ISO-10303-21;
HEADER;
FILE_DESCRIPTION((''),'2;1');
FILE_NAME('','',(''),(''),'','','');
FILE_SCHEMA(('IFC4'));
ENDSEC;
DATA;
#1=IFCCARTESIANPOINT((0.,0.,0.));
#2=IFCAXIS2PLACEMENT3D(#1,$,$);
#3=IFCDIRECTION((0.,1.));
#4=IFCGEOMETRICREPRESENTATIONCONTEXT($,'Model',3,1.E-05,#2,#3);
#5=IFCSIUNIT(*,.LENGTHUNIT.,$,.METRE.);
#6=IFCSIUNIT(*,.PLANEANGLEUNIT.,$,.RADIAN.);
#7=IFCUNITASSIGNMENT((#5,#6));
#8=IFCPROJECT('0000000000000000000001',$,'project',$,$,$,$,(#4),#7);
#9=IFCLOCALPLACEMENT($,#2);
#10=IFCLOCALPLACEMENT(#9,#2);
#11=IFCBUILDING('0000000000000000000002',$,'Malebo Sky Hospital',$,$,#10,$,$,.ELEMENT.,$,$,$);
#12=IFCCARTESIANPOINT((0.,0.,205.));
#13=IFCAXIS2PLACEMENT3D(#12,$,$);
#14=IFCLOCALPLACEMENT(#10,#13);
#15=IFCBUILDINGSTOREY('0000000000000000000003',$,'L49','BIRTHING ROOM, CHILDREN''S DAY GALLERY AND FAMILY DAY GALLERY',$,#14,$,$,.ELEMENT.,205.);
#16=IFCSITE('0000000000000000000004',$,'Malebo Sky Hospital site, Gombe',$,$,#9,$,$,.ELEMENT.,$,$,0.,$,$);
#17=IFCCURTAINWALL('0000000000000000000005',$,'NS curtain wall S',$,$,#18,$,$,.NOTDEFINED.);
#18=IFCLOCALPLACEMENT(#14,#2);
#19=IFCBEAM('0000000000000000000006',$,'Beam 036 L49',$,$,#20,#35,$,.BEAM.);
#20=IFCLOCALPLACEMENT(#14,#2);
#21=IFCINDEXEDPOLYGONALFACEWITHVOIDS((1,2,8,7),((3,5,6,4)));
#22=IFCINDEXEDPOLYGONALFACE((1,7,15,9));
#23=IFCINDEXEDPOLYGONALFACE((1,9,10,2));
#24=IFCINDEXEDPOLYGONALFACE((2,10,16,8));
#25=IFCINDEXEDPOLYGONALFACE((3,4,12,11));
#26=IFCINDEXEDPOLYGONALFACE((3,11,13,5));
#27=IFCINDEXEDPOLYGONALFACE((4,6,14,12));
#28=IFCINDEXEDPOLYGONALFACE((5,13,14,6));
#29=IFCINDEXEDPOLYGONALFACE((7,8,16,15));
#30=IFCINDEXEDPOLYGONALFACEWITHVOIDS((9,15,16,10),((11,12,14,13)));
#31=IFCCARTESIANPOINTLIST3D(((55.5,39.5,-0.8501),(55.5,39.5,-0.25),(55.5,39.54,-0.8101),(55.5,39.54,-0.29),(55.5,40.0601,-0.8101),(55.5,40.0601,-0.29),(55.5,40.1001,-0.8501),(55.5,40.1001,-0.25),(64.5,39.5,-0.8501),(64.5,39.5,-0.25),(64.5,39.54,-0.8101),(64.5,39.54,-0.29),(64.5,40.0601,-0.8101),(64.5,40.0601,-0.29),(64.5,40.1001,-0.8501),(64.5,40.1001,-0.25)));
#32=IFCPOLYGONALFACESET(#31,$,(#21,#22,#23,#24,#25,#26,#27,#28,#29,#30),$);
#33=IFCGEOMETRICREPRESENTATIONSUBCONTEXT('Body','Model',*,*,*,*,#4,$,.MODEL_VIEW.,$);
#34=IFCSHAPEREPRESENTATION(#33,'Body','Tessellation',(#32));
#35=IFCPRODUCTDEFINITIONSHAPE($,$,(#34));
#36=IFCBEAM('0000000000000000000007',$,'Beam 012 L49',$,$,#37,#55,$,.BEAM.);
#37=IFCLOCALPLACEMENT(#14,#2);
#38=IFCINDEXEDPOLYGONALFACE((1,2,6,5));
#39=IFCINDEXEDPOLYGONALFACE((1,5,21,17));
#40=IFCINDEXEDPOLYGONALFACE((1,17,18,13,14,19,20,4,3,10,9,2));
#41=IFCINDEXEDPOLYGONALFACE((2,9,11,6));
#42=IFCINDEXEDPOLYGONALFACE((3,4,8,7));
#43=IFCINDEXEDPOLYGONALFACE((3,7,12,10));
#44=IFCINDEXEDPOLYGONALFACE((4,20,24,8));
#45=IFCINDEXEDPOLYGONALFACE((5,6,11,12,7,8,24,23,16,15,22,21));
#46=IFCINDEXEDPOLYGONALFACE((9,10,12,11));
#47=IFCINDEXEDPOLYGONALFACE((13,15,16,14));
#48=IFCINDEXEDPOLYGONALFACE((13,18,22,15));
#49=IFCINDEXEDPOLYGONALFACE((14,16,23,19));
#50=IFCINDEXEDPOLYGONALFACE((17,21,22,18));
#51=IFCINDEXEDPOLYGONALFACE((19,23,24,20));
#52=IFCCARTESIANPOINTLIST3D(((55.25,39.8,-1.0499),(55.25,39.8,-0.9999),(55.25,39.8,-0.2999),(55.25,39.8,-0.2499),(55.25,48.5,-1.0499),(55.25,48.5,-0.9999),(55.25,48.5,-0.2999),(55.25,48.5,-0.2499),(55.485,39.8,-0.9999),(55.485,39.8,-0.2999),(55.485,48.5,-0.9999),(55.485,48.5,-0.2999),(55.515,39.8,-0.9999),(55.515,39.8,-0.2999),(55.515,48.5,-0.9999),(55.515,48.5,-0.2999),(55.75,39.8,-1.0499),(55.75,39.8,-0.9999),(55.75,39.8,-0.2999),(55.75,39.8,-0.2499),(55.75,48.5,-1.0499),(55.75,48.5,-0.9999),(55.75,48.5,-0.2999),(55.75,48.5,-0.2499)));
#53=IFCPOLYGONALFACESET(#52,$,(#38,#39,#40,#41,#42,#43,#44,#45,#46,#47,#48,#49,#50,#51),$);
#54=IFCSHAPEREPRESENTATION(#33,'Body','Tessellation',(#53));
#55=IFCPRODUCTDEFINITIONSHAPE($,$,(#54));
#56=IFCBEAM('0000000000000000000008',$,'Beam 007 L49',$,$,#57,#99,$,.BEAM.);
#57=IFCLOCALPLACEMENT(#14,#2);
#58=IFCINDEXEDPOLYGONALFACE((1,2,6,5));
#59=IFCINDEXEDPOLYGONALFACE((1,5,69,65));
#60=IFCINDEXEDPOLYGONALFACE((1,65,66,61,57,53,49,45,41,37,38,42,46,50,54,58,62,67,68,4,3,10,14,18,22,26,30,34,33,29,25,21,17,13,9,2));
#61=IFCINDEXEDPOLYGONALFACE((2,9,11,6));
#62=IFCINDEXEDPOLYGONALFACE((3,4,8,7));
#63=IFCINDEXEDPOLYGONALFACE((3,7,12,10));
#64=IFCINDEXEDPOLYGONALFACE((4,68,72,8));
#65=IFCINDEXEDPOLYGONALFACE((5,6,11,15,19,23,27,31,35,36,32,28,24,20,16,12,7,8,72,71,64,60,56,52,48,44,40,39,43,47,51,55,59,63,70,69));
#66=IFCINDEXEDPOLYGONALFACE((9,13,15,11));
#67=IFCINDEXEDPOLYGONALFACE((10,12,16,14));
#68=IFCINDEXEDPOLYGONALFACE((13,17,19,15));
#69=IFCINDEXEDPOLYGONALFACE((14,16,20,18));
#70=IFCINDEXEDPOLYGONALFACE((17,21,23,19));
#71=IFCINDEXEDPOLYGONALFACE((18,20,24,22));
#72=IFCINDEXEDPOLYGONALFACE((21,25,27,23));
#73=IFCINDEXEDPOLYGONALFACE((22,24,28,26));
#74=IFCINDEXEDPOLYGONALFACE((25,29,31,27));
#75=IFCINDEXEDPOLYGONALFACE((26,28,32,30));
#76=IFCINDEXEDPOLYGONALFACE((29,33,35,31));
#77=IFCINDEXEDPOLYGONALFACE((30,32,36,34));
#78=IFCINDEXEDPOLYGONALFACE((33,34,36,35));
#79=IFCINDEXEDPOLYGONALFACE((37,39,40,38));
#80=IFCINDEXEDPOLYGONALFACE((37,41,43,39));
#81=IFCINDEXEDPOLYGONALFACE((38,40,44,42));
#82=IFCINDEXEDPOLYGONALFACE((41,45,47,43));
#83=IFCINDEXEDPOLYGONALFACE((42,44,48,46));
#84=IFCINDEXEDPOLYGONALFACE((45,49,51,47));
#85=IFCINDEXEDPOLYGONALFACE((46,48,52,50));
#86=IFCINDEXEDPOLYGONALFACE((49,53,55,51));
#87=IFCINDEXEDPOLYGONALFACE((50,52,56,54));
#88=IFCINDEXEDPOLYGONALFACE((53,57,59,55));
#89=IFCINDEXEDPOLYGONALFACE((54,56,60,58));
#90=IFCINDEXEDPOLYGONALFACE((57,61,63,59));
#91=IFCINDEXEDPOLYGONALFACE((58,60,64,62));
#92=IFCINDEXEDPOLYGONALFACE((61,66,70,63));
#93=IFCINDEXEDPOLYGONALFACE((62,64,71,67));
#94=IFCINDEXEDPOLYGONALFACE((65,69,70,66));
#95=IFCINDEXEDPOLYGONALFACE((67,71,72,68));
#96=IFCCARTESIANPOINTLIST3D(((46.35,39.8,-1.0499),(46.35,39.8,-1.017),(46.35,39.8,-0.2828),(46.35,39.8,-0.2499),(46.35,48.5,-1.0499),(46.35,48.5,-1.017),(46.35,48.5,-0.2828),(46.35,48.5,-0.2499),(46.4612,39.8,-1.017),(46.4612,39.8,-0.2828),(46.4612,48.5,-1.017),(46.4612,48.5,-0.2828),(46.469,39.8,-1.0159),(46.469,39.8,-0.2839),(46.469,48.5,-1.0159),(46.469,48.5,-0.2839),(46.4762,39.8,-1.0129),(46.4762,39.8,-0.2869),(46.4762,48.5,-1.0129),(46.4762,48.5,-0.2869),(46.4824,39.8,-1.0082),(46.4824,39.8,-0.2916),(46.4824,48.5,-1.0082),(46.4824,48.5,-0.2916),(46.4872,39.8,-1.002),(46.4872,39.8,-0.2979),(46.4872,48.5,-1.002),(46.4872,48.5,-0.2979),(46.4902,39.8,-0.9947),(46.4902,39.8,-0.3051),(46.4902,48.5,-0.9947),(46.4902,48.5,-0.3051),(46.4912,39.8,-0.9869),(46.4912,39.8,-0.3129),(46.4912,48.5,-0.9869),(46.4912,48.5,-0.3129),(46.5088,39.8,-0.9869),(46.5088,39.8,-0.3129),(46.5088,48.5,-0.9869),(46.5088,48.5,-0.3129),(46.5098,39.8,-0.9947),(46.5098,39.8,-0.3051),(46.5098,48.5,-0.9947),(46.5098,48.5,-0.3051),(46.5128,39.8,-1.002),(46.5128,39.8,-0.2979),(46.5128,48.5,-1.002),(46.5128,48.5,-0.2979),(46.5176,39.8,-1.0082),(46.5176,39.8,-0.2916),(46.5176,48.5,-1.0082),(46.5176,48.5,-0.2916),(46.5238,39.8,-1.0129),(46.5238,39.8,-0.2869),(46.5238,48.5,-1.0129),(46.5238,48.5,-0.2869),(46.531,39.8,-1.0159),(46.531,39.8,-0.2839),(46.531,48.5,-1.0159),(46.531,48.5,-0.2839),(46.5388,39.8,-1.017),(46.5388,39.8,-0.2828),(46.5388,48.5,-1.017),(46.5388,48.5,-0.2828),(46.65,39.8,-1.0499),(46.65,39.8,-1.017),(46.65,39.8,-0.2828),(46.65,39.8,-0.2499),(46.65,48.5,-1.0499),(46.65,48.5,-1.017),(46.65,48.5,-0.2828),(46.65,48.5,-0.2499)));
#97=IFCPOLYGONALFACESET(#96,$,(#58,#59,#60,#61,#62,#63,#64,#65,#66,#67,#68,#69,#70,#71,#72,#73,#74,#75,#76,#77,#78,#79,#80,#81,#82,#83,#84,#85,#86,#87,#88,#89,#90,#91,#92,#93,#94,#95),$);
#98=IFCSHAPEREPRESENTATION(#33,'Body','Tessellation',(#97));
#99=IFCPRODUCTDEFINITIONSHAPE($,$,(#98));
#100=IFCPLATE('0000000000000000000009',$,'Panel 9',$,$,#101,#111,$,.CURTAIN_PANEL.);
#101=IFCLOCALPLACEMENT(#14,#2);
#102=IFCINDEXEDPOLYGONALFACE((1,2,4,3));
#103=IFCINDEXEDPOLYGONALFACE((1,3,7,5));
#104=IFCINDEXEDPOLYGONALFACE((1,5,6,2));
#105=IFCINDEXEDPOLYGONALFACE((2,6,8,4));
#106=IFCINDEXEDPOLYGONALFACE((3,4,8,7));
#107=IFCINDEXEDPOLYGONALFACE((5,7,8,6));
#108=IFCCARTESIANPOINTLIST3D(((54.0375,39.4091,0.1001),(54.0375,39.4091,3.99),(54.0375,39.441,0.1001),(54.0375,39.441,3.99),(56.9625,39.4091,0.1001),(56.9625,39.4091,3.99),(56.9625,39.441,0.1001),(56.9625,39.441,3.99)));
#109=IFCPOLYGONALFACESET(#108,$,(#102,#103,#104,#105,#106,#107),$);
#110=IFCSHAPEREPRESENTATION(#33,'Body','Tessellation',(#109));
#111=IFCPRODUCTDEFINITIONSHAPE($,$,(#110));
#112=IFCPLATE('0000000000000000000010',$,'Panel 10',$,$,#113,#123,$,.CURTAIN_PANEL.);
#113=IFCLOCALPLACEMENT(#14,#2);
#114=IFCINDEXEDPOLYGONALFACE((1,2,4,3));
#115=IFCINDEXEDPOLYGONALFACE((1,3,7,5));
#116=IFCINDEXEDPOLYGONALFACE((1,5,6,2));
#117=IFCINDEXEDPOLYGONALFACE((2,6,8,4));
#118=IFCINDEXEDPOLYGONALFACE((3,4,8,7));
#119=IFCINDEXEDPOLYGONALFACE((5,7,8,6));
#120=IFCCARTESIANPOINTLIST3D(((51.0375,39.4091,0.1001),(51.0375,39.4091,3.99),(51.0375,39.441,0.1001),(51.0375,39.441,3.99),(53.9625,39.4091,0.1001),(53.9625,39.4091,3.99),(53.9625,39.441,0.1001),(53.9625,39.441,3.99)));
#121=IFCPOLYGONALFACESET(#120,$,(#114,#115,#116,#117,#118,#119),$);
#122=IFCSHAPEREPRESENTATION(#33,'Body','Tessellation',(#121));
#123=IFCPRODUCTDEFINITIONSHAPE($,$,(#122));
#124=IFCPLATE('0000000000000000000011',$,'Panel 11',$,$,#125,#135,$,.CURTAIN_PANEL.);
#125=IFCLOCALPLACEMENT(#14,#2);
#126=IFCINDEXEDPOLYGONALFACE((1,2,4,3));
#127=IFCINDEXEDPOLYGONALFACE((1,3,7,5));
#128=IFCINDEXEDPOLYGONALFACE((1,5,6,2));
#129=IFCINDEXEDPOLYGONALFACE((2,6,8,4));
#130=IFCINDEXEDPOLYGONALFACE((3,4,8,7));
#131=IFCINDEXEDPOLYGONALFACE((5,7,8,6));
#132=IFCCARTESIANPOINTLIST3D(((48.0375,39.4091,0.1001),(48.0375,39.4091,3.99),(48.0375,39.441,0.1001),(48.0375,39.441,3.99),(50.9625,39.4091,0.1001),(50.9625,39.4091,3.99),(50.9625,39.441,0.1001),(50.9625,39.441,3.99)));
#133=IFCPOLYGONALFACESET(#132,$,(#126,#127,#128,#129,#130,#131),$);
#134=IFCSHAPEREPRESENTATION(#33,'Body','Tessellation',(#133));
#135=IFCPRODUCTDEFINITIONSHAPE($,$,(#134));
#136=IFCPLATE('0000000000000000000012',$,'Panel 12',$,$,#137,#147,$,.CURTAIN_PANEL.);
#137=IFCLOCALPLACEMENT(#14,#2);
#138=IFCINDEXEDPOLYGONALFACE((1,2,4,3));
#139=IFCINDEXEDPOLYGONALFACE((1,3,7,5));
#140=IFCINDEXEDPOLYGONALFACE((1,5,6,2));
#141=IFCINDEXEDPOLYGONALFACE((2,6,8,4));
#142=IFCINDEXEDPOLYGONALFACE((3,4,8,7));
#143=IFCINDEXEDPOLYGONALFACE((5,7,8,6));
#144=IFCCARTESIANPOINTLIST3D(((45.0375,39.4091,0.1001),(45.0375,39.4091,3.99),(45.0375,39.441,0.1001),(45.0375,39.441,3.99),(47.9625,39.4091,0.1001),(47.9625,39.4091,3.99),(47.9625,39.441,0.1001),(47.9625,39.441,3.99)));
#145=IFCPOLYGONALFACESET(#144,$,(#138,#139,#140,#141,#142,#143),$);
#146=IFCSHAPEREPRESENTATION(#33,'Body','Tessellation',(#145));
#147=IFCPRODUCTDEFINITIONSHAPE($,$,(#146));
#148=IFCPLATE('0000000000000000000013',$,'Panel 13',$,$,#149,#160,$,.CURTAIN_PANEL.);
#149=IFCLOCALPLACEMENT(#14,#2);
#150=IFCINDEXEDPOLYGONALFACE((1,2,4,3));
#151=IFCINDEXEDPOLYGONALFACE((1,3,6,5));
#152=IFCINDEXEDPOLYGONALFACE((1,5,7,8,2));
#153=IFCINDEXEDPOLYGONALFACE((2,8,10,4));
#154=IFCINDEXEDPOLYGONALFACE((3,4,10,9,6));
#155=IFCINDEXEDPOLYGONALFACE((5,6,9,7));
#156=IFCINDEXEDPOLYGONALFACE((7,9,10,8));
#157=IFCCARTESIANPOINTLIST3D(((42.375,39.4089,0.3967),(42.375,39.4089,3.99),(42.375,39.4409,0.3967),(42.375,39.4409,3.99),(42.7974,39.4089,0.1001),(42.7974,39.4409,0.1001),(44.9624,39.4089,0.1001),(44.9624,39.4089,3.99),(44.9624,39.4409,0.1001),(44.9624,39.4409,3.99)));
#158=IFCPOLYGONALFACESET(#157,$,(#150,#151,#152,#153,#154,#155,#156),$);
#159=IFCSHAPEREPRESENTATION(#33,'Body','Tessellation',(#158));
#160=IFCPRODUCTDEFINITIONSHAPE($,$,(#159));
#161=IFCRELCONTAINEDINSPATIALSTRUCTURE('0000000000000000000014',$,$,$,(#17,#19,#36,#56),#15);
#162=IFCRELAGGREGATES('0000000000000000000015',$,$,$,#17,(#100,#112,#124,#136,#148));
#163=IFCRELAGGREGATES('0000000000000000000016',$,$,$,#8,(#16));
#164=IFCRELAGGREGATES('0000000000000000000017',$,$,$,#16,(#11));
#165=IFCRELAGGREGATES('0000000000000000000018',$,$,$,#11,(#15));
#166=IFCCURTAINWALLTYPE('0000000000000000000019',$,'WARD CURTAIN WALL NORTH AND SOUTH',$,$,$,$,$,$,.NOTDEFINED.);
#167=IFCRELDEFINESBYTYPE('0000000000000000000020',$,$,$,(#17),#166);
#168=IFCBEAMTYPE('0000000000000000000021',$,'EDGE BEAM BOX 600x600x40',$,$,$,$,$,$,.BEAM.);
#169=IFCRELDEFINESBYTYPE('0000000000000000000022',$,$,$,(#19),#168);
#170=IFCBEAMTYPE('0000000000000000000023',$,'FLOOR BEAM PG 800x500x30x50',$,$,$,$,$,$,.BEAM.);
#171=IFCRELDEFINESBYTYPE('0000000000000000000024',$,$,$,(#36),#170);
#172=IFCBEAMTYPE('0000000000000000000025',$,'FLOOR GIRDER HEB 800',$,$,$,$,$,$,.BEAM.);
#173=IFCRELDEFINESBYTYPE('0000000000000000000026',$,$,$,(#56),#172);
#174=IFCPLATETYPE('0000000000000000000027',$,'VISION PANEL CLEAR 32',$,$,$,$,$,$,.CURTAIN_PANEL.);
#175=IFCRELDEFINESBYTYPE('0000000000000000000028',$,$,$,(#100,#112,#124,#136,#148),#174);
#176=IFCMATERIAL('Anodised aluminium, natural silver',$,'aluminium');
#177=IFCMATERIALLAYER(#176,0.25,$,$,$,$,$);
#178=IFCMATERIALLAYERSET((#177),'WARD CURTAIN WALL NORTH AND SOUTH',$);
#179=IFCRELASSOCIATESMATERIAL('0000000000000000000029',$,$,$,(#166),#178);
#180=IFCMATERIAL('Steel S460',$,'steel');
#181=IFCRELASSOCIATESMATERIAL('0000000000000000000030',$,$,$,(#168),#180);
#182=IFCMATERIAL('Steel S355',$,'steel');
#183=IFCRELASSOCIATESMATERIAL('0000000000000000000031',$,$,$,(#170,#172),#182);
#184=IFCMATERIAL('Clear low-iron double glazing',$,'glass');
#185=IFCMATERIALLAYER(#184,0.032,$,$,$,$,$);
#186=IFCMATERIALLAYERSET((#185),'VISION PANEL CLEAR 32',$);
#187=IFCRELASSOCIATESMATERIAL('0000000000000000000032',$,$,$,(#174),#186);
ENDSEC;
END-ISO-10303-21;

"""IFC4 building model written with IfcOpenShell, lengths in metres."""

from ifc_helpers import new_model, si_unit, direction, frame, origin, origin_2d, place, context, subcontext, project, spatial, polyline, rectangle, hollow_rectangle, i_section, outline, extrude, material, layer, layer_set, material_profile, profile_set, type_object, element, aggregate, save


model = new_model("IFC4")

# Units and contexts
model_context = context("Model", 3, precision=1e-05, world=origin(), true_north=direction((0.0, 1.0)))
body_context = subcontext(model_context, "Body", "Model", "MODEL_VIEW")
ifc_project = project(units=[si_unit("LENGTHUNIT", "METRE"), si_unit("PLANEANGLEUNIT", "RADIAN")], contexts=[model_context])

# Site, building, storey
site_placement = place(None, origin())
site = spatial("IfcSite", under=ifc_project, at=site_placement, Name="Malebo Sky Hospital site, Gombe", CompositionType="ELEMENT", RefElevation=0.0)
building_placement = place(site_placement, origin())
building = spatial("IfcBuilding", under=site, at=building_placement, Name="Malebo Sky Hospital", CompositionType="ELEMENT")
storey_placement = place(building_placement, frame((0.0, 0.0, 205.0)))
storey = spatial("IfcBuildingStorey", under=building, at=storey_placement, Name="L49", Description="BIRTHING ROOM, CHILDREN'S DAY GALLERY AND FAMILY DAY GALLERY", CompositionType="ELEMENT", Elevation=205.0)

# Shared definitions
ifc_material_1 = material(Name="Steel S460", Category="steel")

# Curtain wall
ifc_material_2 = material(Name="Anodised aluminium, natural silver", Category="aluminium")
ifc_layer_1 = layer(ifc_material_2, 0.25)
ifc_layer_set_1 = layer_set([ifc_layer_1], Name="WARD CURTAIN WALL NORTH AND SOUTH")
curtain_wall_type = type_object("IfcCurtainWallType", Name="WARD CURTAIN WALL NORTH AND SOUTH", PredefinedType="NOTDEFINED", material=ifc_layer_set_1)
curtain_wall_placement = place(storey_placement, origin())
curtain_wall = element("IfcCurtainWall", 1, at=curtain_wall_placement, inside=storey, type_object=curtain_wall_type, Name="NS curtain wall S", PredefinedType="NOTDEFINED")

# Beams
ifc_material_profile_1 = material_profile(ifc_material_1, hollow_rectangle(XDim=0.6001, YDim=0.6001, WallThickness=0.04, at=origin_2d()), Name="BOX 600x600x40")
ifc_profile_set_1 = profile_set([ifc_material_profile_1], Name="Steel S460")
beam_type_1 = type_object("IfcBeamType", Name="EDGE BEAM BOX 600x600x40", PredefinedType="BEAM", material=ifc_profile_set_1)
for number, where, z_axis, x_axis, name in (
    (2, (55.5, 39.8, -0.55), (1.0, 0.0, 0.0), (0.0, 1.0, 0.0), "Beam 036 L49"),
):
    element("IfcBeam", number, at=place(storey_placement, frame(where, z_axis=z_axis, x_axis=x_axis)), inside=storey, type_object=beam_type_1, Name=name, PredefinedType="BEAM", context=body_context, shape_type="SweptSolid", body=[
        extrude(hollow_rectangle(XDim=0.6001, YDim=0.6001, WallThickness=0.04, at=origin_2d()), origin(), (0.0, 0.0, 1.0), 9.0),
    ])
ifc_material_3 = material(Name="Steel S355", Category="steel")
ifc_material_profile_2 = material_profile(ifc_material_3, i_section(OverallWidth=0.5, OverallDepth=0.8, WebThickness=0.03, FlangeThickness=0.05, at=origin_2d()), Name="PG 800x500x30x50")
ifc_profile_set_2 = profile_set([ifc_material_profile_2], Name="Steel S355")
beam_type_2 = type_object("IfcBeamType", Name="FLOOR BEAM PG 800x500x30x50", PredefinedType="BEAM", material=ifc_profile_set_2)
beam_1_placement = place(storey_placement, frame((55.5, 39.8, -0.6499), z_axis=(0.0, 1.0, 0.0), x_axis=(-1.0, 0.0, 0.0)))
element("IfcBeam", 3, at=beam_1_placement, inside=storey, type_object=beam_type_2, Name="Beam 012 L49", PredefinedType="BEAM", context=body_context, shape_type="SweptSolid", body=[
    extrude(i_section(OverallWidth=0.5, OverallDepth=0.8, WebThickness=0.03, FlangeThickness=0.05, at=origin_2d()), origin(), (0.0, 0.0, 1.0), 8.7),
])
ifc_material_profile_3 = material_profile(ifc_material_3, i_section(OverallWidth=0.3, OverallDepth=0.8, WebThickness=0.0176, FlangeThickness=0.033, FilletRadius=0.03, at=origin_2d()), Name="HEB 800")
ifc_profile_set_3 = profile_set([ifc_material_profile_3], Name="Steel S355")
beam_type_3 = type_object("IfcBeamType", Name="FLOOR GIRDER HEB 800", PredefinedType="BEAM", material=ifc_profile_set_3)
beam_2_placement = place(storey_placement, frame((46.5, 39.8, -0.6499), z_axis=(0.0, 1.0, 0.0), x_axis=(-1.0, 0.0, 0.0)))
element("IfcBeam", 4, at=beam_2_placement, inside=storey, type_object=beam_type_3, Name="Beam 007 L49", PredefinedType="BEAM", context=body_context, shape_type="SweptSolid", body=[
    extrude(i_section(OverallWidth=0.3, OverallDepth=0.8, WebThickness=0.0176, FlangeThickness=0.033, FilletRadius=0.03, at=origin_2d()), origin(), (0.0, 0.0, 1.0), 8.7),
])

# Plates
ifc_material_4 = material(Name="Clear low-iron double glazing", Category="glass")
ifc_layer_2 = layer(ifc_material_4, 0.032)
ifc_layer_set_2 = layer_set([ifc_layer_2], Name="VISION PANEL CLEAR 32")
plate_type = type_object("IfcPlateType", Name="VISION PANEL CLEAR 32", PredefinedType="CURTAIN_PANEL", material=ifc_layer_set_2)
plate_1_placement = place(storey_placement, frame((55.5, 39.425, 0.1001), z_axis=(0.0, 0.0, 1.0), x_axis=(-1.0, 0.0, 0.0)))
plate_1 = element("IfcPlate", 5, at=plate_1_placement, type_object=plate_type, Name="Panel 9", PredefinedType="CURTAIN_PANEL", context=body_context, shape_type="SweptSolid", body=[
    extrude(rectangle(XDim=2.925, YDim=0.032, at=origin_2d()), origin(), (0.0, 0.0, 1.0), 3.8899),
])
plate_2_placement = place(storey_placement, frame((52.5, 39.425, 0.1001), z_axis=(0.0, 0.0, 1.0), x_axis=(-1.0, 0.0, 0.0)))
plate_2 = element("IfcPlate", 6, at=plate_2_placement, type_object=plate_type, Name="Panel 10", PredefinedType="CURTAIN_PANEL", context=body_context, shape_type="SweptSolid", body=[
    extrude(rectangle(XDim=2.925, YDim=0.032, at=origin_2d()), origin(), (0.0, 0.0, 1.0), 3.8899),
])
plate_3_placement = place(storey_placement, frame((49.5, 39.425, 0.1001), z_axis=(0.0, 0.0, 1.0), x_axis=(-1.0, 0.0, 0.0)))
plate_3 = element("IfcPlate", 7, at=plate_3_placement, type_object=plate_type, Name="Panel 11", PredefinedType="CURTAIN_PANEL", context=body_context, shape_type="SweptSolid", body=[
    extrude(rectangle(XDim=2.925, YDim=0.032, at=origin_2d()), origin(), (0.0, 0.0, 1.0), 3.8899),
])
plate_4_placement = place(storey_placement, frame((46.5, 39.425, 0.1001), z_axis=(0.0, 0.0, 1.0), x_axis=(-1.0, 0.0, 0.0)))
plate_4 = element("IfcPlate", 8, at=plate_4_placement, type_object=plate_type, Name="Panel 12", PredefinedType="CURTAIN_PANEL", context=body_context, shape_type="SweptSolid", body=[
    extrude(rectangle(XDim=2.925, YDim=0.032, at=origin_2d()), origin(), (0.0, 0.0, 1.0), 3.8899),
])
plate_5_placement = place(storey_placement, frame((43.6687, 39.425, 0.1001), z_axis=(0.0, 0.0, 1.0), x_axis=(-1.0, 0.0, 0.0)))
plate_5 = element("IfcPlate", 9, at=plate_5_placement, type_object=plate_type, Name="Panel 13", PredefinedType="CURTAIN_PANEL", context=body_context, shape_type="SweptSolid", body=[
    extrude(outline(polyline([(-1.2937, 0.0), (0.8713, 0.0), (1.2937, 0.2966), (1.2937, 3.8899), (-1.2937, 3.8899), (-1.2937, 0.0)])), frame((0.0, 0.0161, 0.0), z_axis=(0.0, -1.0, 0.0), x_axis=(1.0, 0.0, 0.0)), (0.0, 0.0, 1.0), 0.032),
])
aggregate(curtain_wall, [plate_1, plate_2, plate_3, plate_4, plate_5])

save(model, "model.ifc")
